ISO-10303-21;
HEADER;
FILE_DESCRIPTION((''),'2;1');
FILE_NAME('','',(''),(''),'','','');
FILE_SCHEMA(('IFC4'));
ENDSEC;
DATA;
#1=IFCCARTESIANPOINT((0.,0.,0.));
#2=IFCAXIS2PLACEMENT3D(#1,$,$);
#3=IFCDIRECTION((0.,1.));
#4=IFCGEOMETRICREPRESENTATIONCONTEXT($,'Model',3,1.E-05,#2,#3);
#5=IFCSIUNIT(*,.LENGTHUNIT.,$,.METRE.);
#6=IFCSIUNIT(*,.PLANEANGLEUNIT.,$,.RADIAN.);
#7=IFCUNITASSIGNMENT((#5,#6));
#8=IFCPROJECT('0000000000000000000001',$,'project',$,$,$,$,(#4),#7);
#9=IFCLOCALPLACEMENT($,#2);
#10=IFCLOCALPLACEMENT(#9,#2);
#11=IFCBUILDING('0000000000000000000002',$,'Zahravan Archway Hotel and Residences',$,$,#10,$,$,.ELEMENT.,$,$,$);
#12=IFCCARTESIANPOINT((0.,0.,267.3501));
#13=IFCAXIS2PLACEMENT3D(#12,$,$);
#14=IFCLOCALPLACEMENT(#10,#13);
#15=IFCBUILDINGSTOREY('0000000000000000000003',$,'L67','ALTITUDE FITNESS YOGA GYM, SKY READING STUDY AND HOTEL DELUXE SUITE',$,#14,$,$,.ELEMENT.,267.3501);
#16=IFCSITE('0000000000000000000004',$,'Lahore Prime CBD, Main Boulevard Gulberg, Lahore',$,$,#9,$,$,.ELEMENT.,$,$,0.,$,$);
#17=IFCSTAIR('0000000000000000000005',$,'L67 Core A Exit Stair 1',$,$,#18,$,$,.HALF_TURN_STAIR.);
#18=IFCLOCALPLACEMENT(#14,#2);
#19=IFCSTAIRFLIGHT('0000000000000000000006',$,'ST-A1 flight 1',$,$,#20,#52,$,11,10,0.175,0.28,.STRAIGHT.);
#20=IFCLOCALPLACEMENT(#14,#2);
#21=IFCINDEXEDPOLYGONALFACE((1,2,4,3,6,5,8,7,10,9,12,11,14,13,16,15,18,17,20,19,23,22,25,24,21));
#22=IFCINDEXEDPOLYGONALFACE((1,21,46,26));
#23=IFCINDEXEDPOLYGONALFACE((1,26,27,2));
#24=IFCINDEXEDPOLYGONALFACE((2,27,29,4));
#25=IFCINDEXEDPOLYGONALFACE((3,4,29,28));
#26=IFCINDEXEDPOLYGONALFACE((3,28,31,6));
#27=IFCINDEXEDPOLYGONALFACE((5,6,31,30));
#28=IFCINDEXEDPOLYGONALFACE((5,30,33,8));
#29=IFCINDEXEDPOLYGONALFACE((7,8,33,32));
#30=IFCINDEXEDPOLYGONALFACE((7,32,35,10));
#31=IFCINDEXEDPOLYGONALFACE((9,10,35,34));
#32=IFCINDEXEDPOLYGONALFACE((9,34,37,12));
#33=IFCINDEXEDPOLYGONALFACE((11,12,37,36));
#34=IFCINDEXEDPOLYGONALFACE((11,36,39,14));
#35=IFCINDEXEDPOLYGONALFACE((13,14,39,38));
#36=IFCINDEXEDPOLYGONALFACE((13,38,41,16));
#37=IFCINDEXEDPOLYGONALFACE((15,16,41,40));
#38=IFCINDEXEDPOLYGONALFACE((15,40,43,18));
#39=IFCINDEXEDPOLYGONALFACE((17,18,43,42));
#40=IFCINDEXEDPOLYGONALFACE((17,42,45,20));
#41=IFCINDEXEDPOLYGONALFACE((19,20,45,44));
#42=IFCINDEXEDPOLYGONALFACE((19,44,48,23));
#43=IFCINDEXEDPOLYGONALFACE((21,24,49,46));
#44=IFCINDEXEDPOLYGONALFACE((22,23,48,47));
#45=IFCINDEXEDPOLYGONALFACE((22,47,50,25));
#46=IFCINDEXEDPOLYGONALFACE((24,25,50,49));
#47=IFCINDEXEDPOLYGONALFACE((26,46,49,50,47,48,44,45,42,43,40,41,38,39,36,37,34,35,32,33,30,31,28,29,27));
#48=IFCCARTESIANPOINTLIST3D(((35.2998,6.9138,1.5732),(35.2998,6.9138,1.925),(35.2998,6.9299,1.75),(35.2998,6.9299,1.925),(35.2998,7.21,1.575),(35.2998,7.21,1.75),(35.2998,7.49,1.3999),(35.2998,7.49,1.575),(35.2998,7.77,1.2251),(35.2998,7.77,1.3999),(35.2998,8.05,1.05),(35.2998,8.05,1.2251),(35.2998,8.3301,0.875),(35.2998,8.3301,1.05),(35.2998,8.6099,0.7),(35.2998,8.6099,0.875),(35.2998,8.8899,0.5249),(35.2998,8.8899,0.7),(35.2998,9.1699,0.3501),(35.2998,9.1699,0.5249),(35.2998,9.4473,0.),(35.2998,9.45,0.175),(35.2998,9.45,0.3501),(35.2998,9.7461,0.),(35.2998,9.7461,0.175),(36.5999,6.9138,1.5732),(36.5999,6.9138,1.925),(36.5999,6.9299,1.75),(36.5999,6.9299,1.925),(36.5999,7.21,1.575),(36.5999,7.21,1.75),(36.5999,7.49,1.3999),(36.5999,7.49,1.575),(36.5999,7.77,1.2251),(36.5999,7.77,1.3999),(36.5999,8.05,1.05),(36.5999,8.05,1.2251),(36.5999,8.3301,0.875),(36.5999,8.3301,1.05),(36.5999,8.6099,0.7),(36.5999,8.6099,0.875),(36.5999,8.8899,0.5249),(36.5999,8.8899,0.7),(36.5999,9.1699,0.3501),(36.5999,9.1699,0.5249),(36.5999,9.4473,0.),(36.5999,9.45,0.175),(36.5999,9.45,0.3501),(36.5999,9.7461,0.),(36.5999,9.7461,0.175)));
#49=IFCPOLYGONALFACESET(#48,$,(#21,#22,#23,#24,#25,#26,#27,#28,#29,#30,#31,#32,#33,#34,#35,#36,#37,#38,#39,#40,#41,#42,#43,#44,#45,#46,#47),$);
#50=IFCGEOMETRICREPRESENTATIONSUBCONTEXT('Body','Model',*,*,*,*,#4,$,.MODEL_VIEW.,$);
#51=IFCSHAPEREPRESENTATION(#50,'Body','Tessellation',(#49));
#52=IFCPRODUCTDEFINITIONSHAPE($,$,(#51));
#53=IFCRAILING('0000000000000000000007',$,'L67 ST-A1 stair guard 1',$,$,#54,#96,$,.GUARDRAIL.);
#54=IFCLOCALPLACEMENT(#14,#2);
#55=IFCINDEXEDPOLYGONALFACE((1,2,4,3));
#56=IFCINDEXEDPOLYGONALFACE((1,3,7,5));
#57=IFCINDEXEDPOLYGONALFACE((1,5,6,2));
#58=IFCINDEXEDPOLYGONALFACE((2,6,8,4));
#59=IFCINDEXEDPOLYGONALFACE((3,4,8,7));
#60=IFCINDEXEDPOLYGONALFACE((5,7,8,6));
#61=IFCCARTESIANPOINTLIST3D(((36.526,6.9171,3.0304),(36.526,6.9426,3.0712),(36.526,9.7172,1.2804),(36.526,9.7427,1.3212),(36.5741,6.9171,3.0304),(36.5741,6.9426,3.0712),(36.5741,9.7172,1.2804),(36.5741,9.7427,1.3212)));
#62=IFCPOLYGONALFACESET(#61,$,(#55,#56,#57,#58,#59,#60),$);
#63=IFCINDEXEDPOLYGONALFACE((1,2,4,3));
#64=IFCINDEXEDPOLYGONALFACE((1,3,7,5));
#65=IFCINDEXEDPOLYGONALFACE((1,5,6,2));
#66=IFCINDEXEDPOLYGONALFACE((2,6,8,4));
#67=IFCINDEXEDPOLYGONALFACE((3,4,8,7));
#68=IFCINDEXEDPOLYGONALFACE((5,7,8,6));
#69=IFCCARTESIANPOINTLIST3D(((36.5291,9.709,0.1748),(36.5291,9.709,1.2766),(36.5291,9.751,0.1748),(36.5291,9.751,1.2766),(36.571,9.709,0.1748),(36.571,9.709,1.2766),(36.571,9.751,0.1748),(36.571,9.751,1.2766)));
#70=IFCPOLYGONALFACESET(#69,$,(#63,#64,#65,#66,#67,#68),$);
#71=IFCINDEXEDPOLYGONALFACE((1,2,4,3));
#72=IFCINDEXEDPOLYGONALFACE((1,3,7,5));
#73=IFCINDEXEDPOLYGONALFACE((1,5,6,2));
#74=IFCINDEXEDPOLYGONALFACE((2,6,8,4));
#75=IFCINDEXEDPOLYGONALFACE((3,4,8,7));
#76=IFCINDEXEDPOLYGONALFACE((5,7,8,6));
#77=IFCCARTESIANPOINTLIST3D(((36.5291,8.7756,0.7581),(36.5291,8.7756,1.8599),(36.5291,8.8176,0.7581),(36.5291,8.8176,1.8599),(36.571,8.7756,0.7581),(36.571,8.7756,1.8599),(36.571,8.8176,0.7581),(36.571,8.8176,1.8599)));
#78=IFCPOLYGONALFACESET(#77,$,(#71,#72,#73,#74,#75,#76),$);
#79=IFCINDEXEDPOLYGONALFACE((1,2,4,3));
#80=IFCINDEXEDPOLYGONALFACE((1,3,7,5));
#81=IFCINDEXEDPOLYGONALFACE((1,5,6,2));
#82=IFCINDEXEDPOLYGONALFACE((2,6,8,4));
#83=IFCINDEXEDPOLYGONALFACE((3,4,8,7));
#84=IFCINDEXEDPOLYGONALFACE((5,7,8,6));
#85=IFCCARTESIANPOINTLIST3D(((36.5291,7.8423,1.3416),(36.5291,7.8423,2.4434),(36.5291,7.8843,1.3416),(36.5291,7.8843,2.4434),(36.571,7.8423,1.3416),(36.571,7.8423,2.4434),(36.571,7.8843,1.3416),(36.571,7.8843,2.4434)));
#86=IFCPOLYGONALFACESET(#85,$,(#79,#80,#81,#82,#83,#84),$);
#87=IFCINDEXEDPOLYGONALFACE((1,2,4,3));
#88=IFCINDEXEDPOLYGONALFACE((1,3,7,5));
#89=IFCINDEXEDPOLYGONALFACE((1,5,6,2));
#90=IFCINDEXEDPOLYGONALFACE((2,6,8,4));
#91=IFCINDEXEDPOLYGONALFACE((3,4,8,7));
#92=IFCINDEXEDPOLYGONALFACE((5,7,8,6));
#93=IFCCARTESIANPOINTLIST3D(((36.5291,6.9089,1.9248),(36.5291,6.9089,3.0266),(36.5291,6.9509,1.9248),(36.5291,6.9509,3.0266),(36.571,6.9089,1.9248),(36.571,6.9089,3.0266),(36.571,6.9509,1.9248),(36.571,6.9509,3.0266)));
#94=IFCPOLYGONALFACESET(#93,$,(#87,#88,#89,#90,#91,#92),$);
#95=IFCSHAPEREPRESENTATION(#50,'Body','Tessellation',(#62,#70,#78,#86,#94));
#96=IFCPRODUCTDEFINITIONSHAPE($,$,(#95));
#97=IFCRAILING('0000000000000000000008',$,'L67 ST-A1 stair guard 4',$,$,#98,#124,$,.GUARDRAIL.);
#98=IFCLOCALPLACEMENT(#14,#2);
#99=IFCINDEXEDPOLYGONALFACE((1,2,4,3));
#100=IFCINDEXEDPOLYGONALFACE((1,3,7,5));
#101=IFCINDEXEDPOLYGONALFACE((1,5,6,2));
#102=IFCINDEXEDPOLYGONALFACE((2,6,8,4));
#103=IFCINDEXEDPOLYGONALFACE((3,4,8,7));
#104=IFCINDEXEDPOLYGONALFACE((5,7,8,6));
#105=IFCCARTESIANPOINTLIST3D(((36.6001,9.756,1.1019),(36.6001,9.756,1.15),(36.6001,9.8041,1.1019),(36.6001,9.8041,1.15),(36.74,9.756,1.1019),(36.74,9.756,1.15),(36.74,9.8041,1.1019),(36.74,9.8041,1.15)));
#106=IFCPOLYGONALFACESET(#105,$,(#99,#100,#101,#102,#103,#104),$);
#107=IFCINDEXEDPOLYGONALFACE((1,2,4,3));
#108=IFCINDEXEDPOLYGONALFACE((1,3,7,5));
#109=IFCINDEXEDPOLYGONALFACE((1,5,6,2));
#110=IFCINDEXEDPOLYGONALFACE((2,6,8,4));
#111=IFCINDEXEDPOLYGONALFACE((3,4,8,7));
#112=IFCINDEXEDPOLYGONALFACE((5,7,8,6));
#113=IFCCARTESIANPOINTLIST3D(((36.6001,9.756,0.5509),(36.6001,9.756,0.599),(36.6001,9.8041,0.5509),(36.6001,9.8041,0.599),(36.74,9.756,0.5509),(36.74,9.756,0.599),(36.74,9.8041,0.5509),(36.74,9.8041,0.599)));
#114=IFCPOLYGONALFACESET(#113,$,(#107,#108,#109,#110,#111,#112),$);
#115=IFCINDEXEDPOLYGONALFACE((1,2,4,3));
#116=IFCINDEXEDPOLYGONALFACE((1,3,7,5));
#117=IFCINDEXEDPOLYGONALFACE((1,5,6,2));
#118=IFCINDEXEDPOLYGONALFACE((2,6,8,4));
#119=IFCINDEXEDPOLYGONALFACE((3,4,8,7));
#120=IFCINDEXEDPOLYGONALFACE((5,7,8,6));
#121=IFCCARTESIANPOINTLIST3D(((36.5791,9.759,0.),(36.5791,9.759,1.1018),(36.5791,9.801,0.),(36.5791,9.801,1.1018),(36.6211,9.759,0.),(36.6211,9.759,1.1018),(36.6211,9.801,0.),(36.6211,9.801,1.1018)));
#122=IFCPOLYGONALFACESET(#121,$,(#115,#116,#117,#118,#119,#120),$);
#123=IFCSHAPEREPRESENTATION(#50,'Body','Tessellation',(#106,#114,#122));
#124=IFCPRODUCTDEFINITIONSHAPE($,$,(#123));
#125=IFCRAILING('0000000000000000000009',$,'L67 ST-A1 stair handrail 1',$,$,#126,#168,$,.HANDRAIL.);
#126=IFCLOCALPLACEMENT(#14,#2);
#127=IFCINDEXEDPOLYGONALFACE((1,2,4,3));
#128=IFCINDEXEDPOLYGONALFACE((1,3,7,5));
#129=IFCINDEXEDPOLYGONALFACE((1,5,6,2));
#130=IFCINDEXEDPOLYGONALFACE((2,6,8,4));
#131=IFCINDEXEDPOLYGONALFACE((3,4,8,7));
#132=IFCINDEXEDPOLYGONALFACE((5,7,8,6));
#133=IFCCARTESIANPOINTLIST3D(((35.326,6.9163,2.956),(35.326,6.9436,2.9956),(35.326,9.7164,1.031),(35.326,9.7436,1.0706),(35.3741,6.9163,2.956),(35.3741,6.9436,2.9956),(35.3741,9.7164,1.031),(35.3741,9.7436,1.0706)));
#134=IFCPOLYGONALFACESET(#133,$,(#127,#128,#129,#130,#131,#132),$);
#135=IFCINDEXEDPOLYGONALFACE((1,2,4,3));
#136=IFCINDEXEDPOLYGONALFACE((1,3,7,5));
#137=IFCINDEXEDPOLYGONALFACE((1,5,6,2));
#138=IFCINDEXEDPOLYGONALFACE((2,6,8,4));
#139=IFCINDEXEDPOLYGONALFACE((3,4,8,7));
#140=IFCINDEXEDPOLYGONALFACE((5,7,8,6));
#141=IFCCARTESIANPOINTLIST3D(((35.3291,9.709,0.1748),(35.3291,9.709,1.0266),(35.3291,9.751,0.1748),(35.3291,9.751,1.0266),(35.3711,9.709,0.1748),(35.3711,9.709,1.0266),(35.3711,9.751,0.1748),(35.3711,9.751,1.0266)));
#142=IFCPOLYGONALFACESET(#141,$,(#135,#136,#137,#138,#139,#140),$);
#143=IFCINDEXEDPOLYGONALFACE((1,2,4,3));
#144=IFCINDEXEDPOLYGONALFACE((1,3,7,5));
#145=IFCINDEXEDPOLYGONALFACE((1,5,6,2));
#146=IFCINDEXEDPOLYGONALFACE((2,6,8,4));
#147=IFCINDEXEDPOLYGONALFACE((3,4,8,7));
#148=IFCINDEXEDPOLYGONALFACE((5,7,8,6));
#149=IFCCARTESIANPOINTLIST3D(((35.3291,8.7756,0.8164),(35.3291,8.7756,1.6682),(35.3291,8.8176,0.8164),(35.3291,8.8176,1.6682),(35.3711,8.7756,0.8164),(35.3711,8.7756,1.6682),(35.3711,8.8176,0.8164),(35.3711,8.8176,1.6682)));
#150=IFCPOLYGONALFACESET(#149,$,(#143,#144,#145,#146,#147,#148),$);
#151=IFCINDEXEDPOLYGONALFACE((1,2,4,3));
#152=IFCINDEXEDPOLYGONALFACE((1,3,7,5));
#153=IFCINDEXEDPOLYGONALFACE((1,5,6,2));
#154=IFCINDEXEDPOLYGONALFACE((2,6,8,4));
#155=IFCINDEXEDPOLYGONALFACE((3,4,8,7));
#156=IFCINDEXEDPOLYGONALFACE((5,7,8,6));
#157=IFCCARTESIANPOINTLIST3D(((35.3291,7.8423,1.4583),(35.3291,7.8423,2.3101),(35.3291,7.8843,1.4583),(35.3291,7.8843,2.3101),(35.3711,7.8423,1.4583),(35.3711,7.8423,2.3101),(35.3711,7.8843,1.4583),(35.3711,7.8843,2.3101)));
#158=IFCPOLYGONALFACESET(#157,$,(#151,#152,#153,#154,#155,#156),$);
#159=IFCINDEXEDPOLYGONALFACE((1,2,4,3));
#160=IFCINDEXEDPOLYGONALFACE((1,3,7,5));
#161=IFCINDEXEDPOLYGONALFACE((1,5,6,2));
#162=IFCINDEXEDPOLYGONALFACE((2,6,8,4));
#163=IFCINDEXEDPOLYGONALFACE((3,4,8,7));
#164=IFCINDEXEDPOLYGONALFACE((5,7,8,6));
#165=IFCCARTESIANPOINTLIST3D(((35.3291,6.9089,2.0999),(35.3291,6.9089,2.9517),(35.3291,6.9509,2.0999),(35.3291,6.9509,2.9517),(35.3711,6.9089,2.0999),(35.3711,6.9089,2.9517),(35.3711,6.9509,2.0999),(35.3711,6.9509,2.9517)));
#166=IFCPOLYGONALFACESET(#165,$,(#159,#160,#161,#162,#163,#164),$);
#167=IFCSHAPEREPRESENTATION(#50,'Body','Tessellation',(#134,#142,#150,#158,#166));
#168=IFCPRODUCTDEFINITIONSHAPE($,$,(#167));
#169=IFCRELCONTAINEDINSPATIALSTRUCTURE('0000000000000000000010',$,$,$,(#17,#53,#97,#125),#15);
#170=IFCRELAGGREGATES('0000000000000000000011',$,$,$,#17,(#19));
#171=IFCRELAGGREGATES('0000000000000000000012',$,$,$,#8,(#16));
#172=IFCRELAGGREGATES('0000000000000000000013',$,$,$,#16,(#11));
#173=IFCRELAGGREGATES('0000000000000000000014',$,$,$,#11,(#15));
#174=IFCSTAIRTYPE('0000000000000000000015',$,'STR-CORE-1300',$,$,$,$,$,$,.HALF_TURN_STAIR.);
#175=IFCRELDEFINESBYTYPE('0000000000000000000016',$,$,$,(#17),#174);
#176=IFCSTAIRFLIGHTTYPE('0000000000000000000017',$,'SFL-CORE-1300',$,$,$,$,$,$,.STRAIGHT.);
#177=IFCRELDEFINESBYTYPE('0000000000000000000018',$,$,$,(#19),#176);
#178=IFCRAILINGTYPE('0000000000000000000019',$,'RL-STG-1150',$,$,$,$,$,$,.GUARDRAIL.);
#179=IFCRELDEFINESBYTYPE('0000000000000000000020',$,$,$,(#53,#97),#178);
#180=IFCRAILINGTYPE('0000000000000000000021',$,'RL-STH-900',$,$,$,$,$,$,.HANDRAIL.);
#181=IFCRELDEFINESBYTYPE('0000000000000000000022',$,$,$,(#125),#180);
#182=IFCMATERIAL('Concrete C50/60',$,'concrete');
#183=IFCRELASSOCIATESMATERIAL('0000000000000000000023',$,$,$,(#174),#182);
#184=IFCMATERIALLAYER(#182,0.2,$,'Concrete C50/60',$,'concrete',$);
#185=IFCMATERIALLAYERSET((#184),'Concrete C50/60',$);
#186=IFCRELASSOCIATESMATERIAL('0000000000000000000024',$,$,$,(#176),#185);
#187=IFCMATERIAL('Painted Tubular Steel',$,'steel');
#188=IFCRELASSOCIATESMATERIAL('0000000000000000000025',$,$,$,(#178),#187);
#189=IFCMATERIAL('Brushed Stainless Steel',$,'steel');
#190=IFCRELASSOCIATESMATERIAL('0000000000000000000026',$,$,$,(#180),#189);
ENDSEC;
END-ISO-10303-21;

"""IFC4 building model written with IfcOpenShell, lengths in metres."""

from ifc_helpers import new_model, si_unit, direction, frame, origin, origin_2d, place, context, subcontext, project, spatial, polyline, rectangle, outline, extrude, source, transform, mapped, material, layer, layer_set, type_object, element, aggregate, save


model = new_model("IFC4")

# Units and contexts
model_context = context("Model", 3, precision=1e-05, world=origin(), true_north=direction((0.0, 1.0)))
body_context = subcontext(model_context, "Body", "Model", "MODEL_VIEW")
ifc_project = project(units=[si_unit("LENGTHUNIT", "METRE"), si_unit("PLANEANGLEUNIT", "RADIAN")], contexts=[model_context])

# Site, building, storey
site_placement = place(None, origin())
site = spatial("IfcSite", under=ifc_project, at=site_placement, Name="Lahore Prime CBD, Main Boulevard Gulberg, Lahore", CompositionType="ELEMENT", RefElevation=0.0)
building_placement = place(site_placement, origin())
building = spatial("IfcBuilding", under=site, at=building_placement, Name="Zahravan Archway Hotel and Residences", CompositionType="ELEMENT")
storey_placement = place(building_placement, frame((0.0, 0.0, 267.3501)))
storey = spatial("IfcBuildingStorey", under=building, at=storey_placement, Name="L67", Description="ALTITUDE FITNESS YOGA GYM, SKY READING STUDY AND HOTEL DELUXE SUITE", CompositionType="ELEMENT", Elevation=267.3501)

# Shared definitions
ifc_material_1 = material(Name="Concrete C50/60", Category="concrete")

# Shared definitions
ifc_material_2 = material(Name="Brushed Stainless Steel", Category="steel")

# Stair, stair flight
stair_type = type_object("IfcStairType", Name="STR-CORE-1300", PredefinedType="HALF_TURN_STAIR", material=ifc_material_1)
stair_placement = place(storey_placement, origin())
stair = element("IfcStair", 1, at=stair_placement, inside=storey, type_object=stair_type, Name="L67 Core A Exit Stair 1", PredefinedType="HALF_TURN_STAIR")
ifc_layer_1 = layer(ifc_material_1, 0.2, Name="Concrete C50/60", Category="concrete")
ifc_layer_set_1 = layer_set([ifc_layer_1], Name="Concrete C50/60")
stair_flight_type = type_object("IfcStairFlightType", Name="SFL-CORE-1300", PredefinedType="STRAIGHT", material=ifc_layer_set_1)
shared_shape_1 = source(origin(), body_context, "Body", "SweptSolid", [
    extrude(outline(polyline([(-0.0161, 0.0), (-0.0161, 0.175), (0.28, 0.175), (0.28, 0.3501), (0.5601, 0.3501), (0.5601, 0.5249), (0.8401, 0.5249), (0.8401, 0.7), (1.1201, 0.7), (1.1201, 0.875), (1.3999, 0.875), (1.3999, 1.05), (1.6799, 1.05), (1.6799, 1.2251), (1.96, 1.2251), (1.96, 1.3999), (2.24, 1.3999), (2.24, 1.575), (2.52, 1.575), (2.52, 1.75), (2.8, 1.75), (2.8, 1.925), (2.8162, 1.925), (2.8162, 1.5732), (0.2827, 0.0), (-0.0161, 0.0)])), frame((0.0, 0.6499, 0.0), z_axis=(0.0, -1.0, 0.0), x_axis=(1.0, 0.0, 0.0)), (0.0, 0.0, 1.0), 1.3),
])
stair_flight_placement = place(storey_placement, frame((35.95, 9.73, 0.0), z_axis=(0.0, 0.0, 1.0), x_axis=(0.0, -1.0, 0.0)))
stair_flight = element("IfcStairFlight", 2, at=stair_flight_placement, type_object=stair_flight_type, Name="ST-A1 flight 1", NumberOfRisers=11, NumberOfTreads=10, PredefinedType="STRAIGHT", RiserHeight=0.175, TreadLength=0.28, context=body_context, shape_type="MappedRepresentation", body=[
    mapped(shared_shape_1, transform((0.0, 0.0, 0.0), scale=1.0)),
])
aggregate(stair, [stair_flight])

# Railings
ifc_material_3 = material(Name="Painted Tubular Steel", Category="steel")
railing_type_1 = type_object("IfcRailingType", Name="RL-STG-1150", PredefinedType="GUARDRAIL", material=ifc_material_3)
railing_1_placement = place(storey_placement, frame((36.55, 9.73, 0.1748)))
element("IfcRailing", 3, at=railing_1_placement, inside=storey, type_object=railing_type_1, Name="L67 ST-A1 stair guard 1", PredefinedType="GUARDRAIL", context=body_context, shape_type="SweptSolid", body=[
    extrude(rectangle(XDim=0.0481, YDim=0.0481, at=origin_2d()), frame((0.0, 0.0, 1.126), z_axis=(0.0, -0.848002, 0.529992), x_axis=(1.0, 0.0, 0.0)), (0.0, 0.0, 1.0), 3.302),
    extrude(rectangle(XDim=0.042, YDim=0.042, at=origin_2d()), origin(), (0.0, 0.0, 1.0), 1.1018),
    extrude(rectangle(XDim=0.042, YDim=0.042, at=origin_2d()), frame((0.0, -0.9333, 0.5833)), (0.0, 0.0, 1.0), 1.1018),
    extrude(rectangle(XDim=0.042, YDim=0.042, at=origin_2d()), frame((0.0, -1.8667, 1.1667)), (0.0, 0.0, 1.0), 1.1018),
    extrude(rectangle(XDim=0.042, YDim=0.042, at=origin_2d()), frame((0.0, -2.8, 1.75)), (0.0, 0.0, 1.0), 1.1018),
])
railing_2_placement = place(storey_placement, frame((36.6001, 9.78, 0.0)))
element("IfcRailing", 4, at=railing_2_placement, inside=storey, type_object=railing_type_1, Name="L67 ST-A1 stair guard 4", PredefinedType="GUARDRAIL", context=body_context, shape_type="SweptSolid", body=[
    extrude(rectangle(XDim=0.0481, YDim=0.0481, at=origin_2d()), frame((0.0, 0.0, 1.126), z_axis=(1.0, 0.0, 0.0), x_axis=(0.0, 1.0, 0.0)), (0.0, 0.0, 1.0), 0.1399),
    extrude(rectangle(XDim=0.0481, YDim=0.0481, at=origin_2d()), frame((0.0, 0.0, 0.575), z_axis=(1.0, 0.0, 0.0), x_axis=(0.0, 1.0, 0.0)), (0.0, 0.0, 1.0), 0.1399),
    extrude(rectangle(XDim=0.042, YDim=0.042, at=origin_2d()), origin(), (0.0, 0.0, 1.0), 1.1018),
])
railing_type_2 = type_object("IfcRailingType", Name="RL-STH-900", PredefinedType="HANDRAIL", material=ifc_material_2)
railing_3_placement = place(storey_placement, frame((35.3501, 9.73, 0.1748)))
element("IfcRailing", 5, at=railing_3_placement, inside=storey, type_object=railing_type_2, Name="L67 ST-A1 stair handrail 1", PredefinedType="HANDRAIL", context=body_context, shape_type="SweptSolid", body=[
    extrude(rectangle(XDim=0.0481, YDim=0.0481, at=origin_2d()), frame((0.0, 0.0, 0.876), z_axis=(0.0, -0.82404, 0.566532), x_axis=(1.0, 0.0, 0.0)), (0.0, 0.0, 1.0), 3.3979),
    extrude(rectangle(XDim=0.042, YDim=0.042, at=origin_2d()), origin(), (0.0, 0.0, 1.0), 0.8518),
    extrude(rectangle(XDim=0.042, YDim=0.042, at=origin_2d()), frame((0.0, -0.9333, 0.6416)), (0.0, 0.0, 1.0), 0.8518),
    extrude(rectangle(XDim=0.042, YDim=0.042, at=origin_2d()), frame((0.0, -1.8667, 1.2834)), (0.0, 0.0, 1.0), 0.8518),
    extrude(rectangle(XDim=0.042, YDim=0.042, at=origin_2d()), frame((0.0, -2.8, 1.925)), (0.0, 0.0, 1.0), 0.8518),
])

save(model, "model.ifc")
